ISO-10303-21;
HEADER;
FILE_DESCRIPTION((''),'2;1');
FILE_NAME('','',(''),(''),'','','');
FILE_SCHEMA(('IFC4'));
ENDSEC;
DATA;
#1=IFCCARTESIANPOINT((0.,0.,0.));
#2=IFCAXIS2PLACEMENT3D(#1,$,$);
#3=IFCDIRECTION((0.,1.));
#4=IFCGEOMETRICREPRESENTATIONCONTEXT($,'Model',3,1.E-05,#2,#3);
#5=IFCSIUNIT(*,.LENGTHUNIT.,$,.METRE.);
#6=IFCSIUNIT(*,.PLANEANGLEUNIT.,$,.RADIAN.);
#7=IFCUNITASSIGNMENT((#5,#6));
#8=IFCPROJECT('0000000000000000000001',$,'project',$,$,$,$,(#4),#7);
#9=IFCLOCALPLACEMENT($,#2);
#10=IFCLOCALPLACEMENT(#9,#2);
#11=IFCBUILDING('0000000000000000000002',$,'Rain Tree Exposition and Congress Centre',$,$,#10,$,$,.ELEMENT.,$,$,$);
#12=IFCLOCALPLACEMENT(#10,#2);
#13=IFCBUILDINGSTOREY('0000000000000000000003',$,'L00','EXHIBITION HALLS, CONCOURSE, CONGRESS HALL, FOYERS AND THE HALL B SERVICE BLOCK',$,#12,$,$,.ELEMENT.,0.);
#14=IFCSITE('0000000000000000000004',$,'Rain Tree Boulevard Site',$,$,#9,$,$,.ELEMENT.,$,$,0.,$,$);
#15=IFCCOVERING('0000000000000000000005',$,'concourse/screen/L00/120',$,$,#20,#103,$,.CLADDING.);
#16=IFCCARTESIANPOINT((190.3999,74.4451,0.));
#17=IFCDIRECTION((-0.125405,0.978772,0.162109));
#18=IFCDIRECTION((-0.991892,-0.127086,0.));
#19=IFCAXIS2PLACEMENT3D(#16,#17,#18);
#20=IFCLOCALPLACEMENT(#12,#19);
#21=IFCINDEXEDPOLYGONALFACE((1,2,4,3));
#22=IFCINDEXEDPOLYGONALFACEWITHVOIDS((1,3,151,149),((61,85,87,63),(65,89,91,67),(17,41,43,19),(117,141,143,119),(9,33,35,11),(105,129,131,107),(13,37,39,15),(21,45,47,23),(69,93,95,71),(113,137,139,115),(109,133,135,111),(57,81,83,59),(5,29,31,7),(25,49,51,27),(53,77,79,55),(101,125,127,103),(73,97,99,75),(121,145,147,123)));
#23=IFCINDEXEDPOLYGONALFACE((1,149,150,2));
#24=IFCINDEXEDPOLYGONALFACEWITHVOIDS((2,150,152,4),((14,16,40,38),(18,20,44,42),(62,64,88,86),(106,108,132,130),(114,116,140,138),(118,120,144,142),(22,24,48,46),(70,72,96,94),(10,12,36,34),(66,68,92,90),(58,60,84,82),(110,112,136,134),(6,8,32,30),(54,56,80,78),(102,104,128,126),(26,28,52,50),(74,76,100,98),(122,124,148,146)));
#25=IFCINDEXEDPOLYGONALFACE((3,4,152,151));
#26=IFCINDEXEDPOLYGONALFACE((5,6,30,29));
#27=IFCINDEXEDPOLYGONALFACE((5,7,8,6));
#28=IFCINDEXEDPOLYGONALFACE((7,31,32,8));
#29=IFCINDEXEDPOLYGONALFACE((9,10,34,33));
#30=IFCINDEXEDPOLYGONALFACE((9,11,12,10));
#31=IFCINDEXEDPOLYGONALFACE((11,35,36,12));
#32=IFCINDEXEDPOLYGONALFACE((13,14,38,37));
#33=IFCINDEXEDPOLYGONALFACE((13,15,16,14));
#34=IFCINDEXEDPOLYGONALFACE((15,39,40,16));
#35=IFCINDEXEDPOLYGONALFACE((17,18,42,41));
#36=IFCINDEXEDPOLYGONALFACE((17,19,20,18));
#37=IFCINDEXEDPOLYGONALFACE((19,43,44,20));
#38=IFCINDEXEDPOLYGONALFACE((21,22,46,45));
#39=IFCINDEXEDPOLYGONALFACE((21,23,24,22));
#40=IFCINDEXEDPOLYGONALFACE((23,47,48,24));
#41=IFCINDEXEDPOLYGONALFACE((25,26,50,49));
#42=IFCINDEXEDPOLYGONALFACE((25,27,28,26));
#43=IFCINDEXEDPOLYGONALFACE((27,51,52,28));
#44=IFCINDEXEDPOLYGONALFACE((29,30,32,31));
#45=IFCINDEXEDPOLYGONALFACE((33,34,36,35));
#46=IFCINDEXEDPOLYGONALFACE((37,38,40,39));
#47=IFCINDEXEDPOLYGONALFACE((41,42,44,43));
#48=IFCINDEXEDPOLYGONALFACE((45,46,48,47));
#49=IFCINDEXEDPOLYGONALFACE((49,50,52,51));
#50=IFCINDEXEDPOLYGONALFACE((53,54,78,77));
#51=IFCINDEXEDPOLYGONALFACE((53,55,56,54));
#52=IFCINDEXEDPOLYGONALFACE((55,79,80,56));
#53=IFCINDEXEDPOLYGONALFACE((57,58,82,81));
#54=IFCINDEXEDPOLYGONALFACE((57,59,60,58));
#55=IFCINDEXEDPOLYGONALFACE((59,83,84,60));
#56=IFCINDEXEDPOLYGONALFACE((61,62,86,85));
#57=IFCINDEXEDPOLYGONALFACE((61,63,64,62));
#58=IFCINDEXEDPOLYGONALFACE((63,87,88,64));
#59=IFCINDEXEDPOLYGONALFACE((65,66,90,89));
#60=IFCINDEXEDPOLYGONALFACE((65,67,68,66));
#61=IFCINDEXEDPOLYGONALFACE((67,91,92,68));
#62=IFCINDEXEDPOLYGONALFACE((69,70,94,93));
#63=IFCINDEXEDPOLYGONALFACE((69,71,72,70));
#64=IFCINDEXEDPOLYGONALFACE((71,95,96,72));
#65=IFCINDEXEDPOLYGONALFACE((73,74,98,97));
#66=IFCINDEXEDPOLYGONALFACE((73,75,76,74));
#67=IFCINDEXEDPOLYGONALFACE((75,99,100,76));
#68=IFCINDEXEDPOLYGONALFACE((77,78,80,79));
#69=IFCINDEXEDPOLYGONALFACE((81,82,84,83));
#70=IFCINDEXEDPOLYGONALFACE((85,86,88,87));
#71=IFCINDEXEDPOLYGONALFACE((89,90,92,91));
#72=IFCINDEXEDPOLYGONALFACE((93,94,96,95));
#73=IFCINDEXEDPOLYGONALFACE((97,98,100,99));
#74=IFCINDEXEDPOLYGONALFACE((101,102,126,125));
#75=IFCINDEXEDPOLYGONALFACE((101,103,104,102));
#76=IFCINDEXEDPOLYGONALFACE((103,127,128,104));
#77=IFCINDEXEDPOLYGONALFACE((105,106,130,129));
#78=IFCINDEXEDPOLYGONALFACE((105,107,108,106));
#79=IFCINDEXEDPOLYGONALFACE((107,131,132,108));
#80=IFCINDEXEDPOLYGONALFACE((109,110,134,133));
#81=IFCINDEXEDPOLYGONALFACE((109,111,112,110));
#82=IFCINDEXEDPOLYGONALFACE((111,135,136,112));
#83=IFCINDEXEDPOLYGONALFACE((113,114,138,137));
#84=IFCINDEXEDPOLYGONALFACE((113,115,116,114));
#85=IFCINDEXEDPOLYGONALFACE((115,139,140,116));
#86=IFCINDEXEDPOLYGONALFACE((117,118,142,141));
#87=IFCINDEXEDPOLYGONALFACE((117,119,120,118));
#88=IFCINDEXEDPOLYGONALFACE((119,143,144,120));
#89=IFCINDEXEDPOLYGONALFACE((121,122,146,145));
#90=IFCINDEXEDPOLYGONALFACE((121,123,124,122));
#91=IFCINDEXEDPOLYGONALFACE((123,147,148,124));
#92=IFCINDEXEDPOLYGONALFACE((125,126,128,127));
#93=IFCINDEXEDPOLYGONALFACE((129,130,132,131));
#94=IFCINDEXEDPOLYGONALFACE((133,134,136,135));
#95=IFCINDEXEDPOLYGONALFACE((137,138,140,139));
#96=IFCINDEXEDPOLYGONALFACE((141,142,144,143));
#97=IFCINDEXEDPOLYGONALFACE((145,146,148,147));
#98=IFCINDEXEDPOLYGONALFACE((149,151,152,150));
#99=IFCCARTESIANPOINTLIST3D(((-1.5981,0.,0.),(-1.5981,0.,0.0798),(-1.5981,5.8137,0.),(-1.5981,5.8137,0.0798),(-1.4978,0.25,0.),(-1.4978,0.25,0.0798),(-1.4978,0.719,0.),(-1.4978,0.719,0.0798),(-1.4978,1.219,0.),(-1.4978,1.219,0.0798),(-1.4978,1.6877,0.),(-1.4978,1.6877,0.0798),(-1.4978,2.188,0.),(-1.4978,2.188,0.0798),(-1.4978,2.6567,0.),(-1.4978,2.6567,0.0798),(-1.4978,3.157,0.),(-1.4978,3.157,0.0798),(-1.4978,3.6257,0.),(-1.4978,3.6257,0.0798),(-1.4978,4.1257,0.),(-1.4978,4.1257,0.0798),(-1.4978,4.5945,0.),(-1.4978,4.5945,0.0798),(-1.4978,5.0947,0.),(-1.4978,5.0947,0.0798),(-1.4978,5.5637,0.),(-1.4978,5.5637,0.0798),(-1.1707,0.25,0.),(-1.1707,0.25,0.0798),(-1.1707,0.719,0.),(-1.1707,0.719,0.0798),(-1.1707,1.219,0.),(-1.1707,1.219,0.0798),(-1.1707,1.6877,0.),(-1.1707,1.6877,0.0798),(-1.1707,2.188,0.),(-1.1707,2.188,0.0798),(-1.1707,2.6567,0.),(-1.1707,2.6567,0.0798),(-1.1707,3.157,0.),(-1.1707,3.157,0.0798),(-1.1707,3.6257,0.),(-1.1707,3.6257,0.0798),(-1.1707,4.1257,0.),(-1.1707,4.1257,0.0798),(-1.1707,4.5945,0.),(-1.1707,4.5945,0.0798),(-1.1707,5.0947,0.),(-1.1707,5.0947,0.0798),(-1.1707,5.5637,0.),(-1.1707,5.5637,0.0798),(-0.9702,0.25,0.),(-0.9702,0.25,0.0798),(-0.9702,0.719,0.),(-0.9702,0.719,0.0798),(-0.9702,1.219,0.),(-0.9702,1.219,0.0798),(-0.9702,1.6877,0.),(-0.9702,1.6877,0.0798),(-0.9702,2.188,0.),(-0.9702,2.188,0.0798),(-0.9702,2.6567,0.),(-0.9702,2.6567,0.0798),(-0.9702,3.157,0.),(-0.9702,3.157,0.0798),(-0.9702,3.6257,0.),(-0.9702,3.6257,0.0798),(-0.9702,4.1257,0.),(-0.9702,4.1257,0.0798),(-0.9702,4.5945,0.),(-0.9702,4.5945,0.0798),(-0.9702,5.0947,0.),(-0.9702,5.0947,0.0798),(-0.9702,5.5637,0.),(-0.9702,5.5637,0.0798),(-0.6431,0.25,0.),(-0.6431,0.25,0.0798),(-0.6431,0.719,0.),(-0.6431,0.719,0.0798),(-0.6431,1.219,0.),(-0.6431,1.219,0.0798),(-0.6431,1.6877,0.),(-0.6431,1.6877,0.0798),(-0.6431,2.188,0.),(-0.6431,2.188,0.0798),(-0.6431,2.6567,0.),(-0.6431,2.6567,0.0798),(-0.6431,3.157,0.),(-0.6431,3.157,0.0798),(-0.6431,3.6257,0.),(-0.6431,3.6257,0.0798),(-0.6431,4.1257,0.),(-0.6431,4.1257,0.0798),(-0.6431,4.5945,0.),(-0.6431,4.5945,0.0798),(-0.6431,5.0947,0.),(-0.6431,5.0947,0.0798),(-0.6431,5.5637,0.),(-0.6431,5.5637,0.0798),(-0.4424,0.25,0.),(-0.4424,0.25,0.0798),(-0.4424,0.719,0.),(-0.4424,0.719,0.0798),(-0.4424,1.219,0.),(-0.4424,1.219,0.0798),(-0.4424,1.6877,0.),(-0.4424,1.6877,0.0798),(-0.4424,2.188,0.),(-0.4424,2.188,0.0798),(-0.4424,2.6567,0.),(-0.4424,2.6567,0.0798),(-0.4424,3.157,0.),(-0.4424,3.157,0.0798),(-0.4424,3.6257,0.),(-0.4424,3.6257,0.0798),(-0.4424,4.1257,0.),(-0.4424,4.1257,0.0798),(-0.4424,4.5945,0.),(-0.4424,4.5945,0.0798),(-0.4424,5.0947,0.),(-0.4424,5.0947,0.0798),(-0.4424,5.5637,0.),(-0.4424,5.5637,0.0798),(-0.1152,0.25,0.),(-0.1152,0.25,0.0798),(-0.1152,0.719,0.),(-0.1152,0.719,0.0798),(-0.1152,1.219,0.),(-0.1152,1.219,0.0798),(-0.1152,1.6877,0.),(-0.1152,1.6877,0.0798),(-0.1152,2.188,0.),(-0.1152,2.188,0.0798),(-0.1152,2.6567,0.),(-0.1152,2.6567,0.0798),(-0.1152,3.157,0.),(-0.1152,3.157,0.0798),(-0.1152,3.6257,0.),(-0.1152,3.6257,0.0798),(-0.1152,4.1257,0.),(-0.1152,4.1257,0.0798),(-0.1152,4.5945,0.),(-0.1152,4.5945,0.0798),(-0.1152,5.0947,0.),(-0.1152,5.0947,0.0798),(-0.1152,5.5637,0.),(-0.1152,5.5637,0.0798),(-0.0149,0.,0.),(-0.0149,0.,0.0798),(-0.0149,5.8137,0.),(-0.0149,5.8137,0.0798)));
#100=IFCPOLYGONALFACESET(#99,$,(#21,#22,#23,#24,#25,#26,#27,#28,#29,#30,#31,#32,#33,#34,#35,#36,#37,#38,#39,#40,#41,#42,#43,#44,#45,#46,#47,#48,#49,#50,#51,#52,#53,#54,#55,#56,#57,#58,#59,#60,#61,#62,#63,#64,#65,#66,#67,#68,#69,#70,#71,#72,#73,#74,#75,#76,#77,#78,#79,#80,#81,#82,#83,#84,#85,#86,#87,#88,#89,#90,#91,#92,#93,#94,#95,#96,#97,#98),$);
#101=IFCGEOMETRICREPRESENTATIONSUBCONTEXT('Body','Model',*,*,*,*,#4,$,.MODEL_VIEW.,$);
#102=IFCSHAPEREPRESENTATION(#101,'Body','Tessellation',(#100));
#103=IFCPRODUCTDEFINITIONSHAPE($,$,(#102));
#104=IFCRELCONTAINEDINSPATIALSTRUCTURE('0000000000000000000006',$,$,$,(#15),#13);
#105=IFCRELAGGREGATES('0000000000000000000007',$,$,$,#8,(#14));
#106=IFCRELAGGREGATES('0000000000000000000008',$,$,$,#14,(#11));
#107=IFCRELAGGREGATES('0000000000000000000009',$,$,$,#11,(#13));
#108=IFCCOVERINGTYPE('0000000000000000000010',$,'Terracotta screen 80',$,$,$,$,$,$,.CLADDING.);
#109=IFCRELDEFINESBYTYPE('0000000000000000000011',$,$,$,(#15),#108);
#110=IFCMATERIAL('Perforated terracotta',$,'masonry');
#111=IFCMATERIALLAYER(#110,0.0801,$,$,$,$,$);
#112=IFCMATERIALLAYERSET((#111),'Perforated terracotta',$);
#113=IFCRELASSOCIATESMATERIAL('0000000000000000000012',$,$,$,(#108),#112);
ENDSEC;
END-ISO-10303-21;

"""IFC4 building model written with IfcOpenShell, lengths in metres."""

from ifc_helpers import new_model, si_unit, direction, frame, origin, place, context, subcontext, project, spatial, polyline, outline, extrude, material, layer, layer_set, type_object, element, save


model = new_model("IFC4")

# Units and contexts
model_context = context("Model", 3, precision=1e-05, world=origin(), true_north=direction((0.0, 1.0)))
body_context = subcontext(model_context, "Body", "Model", "MODEL_VIEW")
ifc_project = project(units=[si_unit("LENGTHUNIT", "METRE"), si_unit("PLANEANGLEUNIT", "RADIAN")], contexts=[model_context])

# Site, building, storey
site_placement = place(None, origin())
site = spatial("IfcSite", under=ifc_project, at=site_placement, Name="Rain Tree Boulevard Site", CompositionType="ELEMENT", RefElevation=0.0)
building_placement = place(site_placement, origin())
building = spatial("IfcBuilding", under=site, at=building_placement, Name="Rain Tree Exposition and Congress Centre", CompositionType="ELEMENT")
storey_placement = place(building_placement, origin())
storey = spatial("IfcBuildingStorey", under=building, at=storey_placement, Name="L00", Description="EXHIBITION HALLS, CONCOURSE, CONGRESS HALL, FOYERS AND THE HALL B SERVICE BLOCK", CompositionType="ELEMENT", Elevation=0.0)

# Covering
ifc_material_1 = material(Name="Perforated terracotta", Category="masonry")
ifc_layer_1 = layer(ifc_material_1, 0.0801)
ifc_layer_set_1 = layer_set([ifc_layer_1], Name="Perforated terracotta")
covering_type = type_object("IfcCoveringType", Name="Terracotta screen 80", PredefinedType="CLADDING", material=ifc_layer_set_1)
covering_1_placement = place(storey_placement, frame((190.3999, 74.4451, 0.0), z_axis=(-0.125405, 0.978772, 0.162109), x_axis=(-0.991892, -0.127086, 0.0)))
element("IfcCovering", 1, at=covering_1_placement, inside=storey, type_object=covering_type, Name="concourse/screen/L00/120", PredefinedType="CLADDING", context=body_context, shape_type="SweptSolid", body=[
    extrude(outline(polyline([(-0.0149, 0.0), (-1.5981, 0.0), (-1.5981, 5.8137), (-0.0149, 5.8137), (-0.0149, 0.0)]), holes=[polyline([(-0.1152, 0.25), (-0.1152, 0.719), (-0.4424, 0.719), (-0.4424, 0.25), (-0.1152, 0.25)]), polyline([(-0.1152, 1.219), (-0.1152, 1.6877), (-0.4424, 1.6877), (-0.4424, 1.219), (-0.1152, 1.219)]), polyline([(-0.1152, 2.188), (-0.1152, 2.6567), (-0.4424, 2.6567), (-0.4424, 2.188), (-0.1152, 2.188)]), polyline([(-0.1152, 3.157), (-0.1152, 3.6257), (-0.4424, 3.6257), (-0.4424, 3.157), (-0.1152, 3.157)]), polyline([(-0.1152, 4.1257), (-0.1152, 4.5945), (-0.4424, 4.5945), (-0.4424, 4.1257), (-0.1152, 4.1257)]), polyline([(-0.1152, 5.0947), (-0.1152, 5.5637), (-0.4424, 5.5637), (-0.4424, 5.0947), (-0.1152, 5.0947)]), polyline([(-0.6431, 0.25), (-0.6431, 0.719), (-0.9702, 0.719), (-0.9702, 0.25), (-0.6431, 0.25)]), polyline([(-0.6431, 1.219), (-0.6431, 1.6877), (-0.9702, 1.6877), (-0.9702, 1.219), (-0.6431, 1.219)]), polyline([(-0.6431, 2.188), (-0.6431, 2.6567), (-0.9702, 2.6567), (-0.9702, 2.188), (-0.6431, 2.188)]), polyline([(-0.6431, 3.157), (-0.6431, 3.6257), (-0.9702, 3.6257), (-0.9702, 3.157), (-0.6431, 3.157)]), polyline([(-0.6431, 4.1257), (-0.6431, 4.5945), (-0.9702, 4.5945), (-0.9702, 4.1257), (-0.6431, 4.1257)]), polyline([(-0.6431, 5.0947), (-0.6431, 5.5637), (-0.9702, 5.5637), (-0.9702, 5.0947), (-0.6431, 5.0947)]), polyline([(-1.1707, 0.25), (-1.1707, 0.719), (-1.4978, 0.719), (-1.4978, 0.25), (-1.1707, 0.25)]), polyline([(-1.1707, 1.219), (-1.1707, 1.6877), (-1.4978, 1.6877), (-1.4978, 1.219), (-1.1707, 1.219)]), polyline([(-1.1707, 2.188), (-1.1707, 2.6567), (-1.4978, 2.6567), (-1.4978, 2.188), (-1.1707, 2.188)]), polyline([(-1.1707, 3.157), (-1.1707, 3.6257), (-1.4978, 3.6257), (-1.4978, 3.157), (-1.1707, 3.157)]), polyline([(-1.1707, 4.1257), (-1.1707, 4.5945), (-1.4978, 4.5945), (-1.4978, 4.1257), (-1.1707, 4.1257)]), polyline([(-1.1707, 5.0947), (-1.1707, 5.5637), (-1.4978, 5.5637), (-1.4978, 5.0947), (-1.1707, 5.0947)])]), origin(), (0.0, 0.0, 1.0), 0.0798),
])

save(model, "model.ifc")
